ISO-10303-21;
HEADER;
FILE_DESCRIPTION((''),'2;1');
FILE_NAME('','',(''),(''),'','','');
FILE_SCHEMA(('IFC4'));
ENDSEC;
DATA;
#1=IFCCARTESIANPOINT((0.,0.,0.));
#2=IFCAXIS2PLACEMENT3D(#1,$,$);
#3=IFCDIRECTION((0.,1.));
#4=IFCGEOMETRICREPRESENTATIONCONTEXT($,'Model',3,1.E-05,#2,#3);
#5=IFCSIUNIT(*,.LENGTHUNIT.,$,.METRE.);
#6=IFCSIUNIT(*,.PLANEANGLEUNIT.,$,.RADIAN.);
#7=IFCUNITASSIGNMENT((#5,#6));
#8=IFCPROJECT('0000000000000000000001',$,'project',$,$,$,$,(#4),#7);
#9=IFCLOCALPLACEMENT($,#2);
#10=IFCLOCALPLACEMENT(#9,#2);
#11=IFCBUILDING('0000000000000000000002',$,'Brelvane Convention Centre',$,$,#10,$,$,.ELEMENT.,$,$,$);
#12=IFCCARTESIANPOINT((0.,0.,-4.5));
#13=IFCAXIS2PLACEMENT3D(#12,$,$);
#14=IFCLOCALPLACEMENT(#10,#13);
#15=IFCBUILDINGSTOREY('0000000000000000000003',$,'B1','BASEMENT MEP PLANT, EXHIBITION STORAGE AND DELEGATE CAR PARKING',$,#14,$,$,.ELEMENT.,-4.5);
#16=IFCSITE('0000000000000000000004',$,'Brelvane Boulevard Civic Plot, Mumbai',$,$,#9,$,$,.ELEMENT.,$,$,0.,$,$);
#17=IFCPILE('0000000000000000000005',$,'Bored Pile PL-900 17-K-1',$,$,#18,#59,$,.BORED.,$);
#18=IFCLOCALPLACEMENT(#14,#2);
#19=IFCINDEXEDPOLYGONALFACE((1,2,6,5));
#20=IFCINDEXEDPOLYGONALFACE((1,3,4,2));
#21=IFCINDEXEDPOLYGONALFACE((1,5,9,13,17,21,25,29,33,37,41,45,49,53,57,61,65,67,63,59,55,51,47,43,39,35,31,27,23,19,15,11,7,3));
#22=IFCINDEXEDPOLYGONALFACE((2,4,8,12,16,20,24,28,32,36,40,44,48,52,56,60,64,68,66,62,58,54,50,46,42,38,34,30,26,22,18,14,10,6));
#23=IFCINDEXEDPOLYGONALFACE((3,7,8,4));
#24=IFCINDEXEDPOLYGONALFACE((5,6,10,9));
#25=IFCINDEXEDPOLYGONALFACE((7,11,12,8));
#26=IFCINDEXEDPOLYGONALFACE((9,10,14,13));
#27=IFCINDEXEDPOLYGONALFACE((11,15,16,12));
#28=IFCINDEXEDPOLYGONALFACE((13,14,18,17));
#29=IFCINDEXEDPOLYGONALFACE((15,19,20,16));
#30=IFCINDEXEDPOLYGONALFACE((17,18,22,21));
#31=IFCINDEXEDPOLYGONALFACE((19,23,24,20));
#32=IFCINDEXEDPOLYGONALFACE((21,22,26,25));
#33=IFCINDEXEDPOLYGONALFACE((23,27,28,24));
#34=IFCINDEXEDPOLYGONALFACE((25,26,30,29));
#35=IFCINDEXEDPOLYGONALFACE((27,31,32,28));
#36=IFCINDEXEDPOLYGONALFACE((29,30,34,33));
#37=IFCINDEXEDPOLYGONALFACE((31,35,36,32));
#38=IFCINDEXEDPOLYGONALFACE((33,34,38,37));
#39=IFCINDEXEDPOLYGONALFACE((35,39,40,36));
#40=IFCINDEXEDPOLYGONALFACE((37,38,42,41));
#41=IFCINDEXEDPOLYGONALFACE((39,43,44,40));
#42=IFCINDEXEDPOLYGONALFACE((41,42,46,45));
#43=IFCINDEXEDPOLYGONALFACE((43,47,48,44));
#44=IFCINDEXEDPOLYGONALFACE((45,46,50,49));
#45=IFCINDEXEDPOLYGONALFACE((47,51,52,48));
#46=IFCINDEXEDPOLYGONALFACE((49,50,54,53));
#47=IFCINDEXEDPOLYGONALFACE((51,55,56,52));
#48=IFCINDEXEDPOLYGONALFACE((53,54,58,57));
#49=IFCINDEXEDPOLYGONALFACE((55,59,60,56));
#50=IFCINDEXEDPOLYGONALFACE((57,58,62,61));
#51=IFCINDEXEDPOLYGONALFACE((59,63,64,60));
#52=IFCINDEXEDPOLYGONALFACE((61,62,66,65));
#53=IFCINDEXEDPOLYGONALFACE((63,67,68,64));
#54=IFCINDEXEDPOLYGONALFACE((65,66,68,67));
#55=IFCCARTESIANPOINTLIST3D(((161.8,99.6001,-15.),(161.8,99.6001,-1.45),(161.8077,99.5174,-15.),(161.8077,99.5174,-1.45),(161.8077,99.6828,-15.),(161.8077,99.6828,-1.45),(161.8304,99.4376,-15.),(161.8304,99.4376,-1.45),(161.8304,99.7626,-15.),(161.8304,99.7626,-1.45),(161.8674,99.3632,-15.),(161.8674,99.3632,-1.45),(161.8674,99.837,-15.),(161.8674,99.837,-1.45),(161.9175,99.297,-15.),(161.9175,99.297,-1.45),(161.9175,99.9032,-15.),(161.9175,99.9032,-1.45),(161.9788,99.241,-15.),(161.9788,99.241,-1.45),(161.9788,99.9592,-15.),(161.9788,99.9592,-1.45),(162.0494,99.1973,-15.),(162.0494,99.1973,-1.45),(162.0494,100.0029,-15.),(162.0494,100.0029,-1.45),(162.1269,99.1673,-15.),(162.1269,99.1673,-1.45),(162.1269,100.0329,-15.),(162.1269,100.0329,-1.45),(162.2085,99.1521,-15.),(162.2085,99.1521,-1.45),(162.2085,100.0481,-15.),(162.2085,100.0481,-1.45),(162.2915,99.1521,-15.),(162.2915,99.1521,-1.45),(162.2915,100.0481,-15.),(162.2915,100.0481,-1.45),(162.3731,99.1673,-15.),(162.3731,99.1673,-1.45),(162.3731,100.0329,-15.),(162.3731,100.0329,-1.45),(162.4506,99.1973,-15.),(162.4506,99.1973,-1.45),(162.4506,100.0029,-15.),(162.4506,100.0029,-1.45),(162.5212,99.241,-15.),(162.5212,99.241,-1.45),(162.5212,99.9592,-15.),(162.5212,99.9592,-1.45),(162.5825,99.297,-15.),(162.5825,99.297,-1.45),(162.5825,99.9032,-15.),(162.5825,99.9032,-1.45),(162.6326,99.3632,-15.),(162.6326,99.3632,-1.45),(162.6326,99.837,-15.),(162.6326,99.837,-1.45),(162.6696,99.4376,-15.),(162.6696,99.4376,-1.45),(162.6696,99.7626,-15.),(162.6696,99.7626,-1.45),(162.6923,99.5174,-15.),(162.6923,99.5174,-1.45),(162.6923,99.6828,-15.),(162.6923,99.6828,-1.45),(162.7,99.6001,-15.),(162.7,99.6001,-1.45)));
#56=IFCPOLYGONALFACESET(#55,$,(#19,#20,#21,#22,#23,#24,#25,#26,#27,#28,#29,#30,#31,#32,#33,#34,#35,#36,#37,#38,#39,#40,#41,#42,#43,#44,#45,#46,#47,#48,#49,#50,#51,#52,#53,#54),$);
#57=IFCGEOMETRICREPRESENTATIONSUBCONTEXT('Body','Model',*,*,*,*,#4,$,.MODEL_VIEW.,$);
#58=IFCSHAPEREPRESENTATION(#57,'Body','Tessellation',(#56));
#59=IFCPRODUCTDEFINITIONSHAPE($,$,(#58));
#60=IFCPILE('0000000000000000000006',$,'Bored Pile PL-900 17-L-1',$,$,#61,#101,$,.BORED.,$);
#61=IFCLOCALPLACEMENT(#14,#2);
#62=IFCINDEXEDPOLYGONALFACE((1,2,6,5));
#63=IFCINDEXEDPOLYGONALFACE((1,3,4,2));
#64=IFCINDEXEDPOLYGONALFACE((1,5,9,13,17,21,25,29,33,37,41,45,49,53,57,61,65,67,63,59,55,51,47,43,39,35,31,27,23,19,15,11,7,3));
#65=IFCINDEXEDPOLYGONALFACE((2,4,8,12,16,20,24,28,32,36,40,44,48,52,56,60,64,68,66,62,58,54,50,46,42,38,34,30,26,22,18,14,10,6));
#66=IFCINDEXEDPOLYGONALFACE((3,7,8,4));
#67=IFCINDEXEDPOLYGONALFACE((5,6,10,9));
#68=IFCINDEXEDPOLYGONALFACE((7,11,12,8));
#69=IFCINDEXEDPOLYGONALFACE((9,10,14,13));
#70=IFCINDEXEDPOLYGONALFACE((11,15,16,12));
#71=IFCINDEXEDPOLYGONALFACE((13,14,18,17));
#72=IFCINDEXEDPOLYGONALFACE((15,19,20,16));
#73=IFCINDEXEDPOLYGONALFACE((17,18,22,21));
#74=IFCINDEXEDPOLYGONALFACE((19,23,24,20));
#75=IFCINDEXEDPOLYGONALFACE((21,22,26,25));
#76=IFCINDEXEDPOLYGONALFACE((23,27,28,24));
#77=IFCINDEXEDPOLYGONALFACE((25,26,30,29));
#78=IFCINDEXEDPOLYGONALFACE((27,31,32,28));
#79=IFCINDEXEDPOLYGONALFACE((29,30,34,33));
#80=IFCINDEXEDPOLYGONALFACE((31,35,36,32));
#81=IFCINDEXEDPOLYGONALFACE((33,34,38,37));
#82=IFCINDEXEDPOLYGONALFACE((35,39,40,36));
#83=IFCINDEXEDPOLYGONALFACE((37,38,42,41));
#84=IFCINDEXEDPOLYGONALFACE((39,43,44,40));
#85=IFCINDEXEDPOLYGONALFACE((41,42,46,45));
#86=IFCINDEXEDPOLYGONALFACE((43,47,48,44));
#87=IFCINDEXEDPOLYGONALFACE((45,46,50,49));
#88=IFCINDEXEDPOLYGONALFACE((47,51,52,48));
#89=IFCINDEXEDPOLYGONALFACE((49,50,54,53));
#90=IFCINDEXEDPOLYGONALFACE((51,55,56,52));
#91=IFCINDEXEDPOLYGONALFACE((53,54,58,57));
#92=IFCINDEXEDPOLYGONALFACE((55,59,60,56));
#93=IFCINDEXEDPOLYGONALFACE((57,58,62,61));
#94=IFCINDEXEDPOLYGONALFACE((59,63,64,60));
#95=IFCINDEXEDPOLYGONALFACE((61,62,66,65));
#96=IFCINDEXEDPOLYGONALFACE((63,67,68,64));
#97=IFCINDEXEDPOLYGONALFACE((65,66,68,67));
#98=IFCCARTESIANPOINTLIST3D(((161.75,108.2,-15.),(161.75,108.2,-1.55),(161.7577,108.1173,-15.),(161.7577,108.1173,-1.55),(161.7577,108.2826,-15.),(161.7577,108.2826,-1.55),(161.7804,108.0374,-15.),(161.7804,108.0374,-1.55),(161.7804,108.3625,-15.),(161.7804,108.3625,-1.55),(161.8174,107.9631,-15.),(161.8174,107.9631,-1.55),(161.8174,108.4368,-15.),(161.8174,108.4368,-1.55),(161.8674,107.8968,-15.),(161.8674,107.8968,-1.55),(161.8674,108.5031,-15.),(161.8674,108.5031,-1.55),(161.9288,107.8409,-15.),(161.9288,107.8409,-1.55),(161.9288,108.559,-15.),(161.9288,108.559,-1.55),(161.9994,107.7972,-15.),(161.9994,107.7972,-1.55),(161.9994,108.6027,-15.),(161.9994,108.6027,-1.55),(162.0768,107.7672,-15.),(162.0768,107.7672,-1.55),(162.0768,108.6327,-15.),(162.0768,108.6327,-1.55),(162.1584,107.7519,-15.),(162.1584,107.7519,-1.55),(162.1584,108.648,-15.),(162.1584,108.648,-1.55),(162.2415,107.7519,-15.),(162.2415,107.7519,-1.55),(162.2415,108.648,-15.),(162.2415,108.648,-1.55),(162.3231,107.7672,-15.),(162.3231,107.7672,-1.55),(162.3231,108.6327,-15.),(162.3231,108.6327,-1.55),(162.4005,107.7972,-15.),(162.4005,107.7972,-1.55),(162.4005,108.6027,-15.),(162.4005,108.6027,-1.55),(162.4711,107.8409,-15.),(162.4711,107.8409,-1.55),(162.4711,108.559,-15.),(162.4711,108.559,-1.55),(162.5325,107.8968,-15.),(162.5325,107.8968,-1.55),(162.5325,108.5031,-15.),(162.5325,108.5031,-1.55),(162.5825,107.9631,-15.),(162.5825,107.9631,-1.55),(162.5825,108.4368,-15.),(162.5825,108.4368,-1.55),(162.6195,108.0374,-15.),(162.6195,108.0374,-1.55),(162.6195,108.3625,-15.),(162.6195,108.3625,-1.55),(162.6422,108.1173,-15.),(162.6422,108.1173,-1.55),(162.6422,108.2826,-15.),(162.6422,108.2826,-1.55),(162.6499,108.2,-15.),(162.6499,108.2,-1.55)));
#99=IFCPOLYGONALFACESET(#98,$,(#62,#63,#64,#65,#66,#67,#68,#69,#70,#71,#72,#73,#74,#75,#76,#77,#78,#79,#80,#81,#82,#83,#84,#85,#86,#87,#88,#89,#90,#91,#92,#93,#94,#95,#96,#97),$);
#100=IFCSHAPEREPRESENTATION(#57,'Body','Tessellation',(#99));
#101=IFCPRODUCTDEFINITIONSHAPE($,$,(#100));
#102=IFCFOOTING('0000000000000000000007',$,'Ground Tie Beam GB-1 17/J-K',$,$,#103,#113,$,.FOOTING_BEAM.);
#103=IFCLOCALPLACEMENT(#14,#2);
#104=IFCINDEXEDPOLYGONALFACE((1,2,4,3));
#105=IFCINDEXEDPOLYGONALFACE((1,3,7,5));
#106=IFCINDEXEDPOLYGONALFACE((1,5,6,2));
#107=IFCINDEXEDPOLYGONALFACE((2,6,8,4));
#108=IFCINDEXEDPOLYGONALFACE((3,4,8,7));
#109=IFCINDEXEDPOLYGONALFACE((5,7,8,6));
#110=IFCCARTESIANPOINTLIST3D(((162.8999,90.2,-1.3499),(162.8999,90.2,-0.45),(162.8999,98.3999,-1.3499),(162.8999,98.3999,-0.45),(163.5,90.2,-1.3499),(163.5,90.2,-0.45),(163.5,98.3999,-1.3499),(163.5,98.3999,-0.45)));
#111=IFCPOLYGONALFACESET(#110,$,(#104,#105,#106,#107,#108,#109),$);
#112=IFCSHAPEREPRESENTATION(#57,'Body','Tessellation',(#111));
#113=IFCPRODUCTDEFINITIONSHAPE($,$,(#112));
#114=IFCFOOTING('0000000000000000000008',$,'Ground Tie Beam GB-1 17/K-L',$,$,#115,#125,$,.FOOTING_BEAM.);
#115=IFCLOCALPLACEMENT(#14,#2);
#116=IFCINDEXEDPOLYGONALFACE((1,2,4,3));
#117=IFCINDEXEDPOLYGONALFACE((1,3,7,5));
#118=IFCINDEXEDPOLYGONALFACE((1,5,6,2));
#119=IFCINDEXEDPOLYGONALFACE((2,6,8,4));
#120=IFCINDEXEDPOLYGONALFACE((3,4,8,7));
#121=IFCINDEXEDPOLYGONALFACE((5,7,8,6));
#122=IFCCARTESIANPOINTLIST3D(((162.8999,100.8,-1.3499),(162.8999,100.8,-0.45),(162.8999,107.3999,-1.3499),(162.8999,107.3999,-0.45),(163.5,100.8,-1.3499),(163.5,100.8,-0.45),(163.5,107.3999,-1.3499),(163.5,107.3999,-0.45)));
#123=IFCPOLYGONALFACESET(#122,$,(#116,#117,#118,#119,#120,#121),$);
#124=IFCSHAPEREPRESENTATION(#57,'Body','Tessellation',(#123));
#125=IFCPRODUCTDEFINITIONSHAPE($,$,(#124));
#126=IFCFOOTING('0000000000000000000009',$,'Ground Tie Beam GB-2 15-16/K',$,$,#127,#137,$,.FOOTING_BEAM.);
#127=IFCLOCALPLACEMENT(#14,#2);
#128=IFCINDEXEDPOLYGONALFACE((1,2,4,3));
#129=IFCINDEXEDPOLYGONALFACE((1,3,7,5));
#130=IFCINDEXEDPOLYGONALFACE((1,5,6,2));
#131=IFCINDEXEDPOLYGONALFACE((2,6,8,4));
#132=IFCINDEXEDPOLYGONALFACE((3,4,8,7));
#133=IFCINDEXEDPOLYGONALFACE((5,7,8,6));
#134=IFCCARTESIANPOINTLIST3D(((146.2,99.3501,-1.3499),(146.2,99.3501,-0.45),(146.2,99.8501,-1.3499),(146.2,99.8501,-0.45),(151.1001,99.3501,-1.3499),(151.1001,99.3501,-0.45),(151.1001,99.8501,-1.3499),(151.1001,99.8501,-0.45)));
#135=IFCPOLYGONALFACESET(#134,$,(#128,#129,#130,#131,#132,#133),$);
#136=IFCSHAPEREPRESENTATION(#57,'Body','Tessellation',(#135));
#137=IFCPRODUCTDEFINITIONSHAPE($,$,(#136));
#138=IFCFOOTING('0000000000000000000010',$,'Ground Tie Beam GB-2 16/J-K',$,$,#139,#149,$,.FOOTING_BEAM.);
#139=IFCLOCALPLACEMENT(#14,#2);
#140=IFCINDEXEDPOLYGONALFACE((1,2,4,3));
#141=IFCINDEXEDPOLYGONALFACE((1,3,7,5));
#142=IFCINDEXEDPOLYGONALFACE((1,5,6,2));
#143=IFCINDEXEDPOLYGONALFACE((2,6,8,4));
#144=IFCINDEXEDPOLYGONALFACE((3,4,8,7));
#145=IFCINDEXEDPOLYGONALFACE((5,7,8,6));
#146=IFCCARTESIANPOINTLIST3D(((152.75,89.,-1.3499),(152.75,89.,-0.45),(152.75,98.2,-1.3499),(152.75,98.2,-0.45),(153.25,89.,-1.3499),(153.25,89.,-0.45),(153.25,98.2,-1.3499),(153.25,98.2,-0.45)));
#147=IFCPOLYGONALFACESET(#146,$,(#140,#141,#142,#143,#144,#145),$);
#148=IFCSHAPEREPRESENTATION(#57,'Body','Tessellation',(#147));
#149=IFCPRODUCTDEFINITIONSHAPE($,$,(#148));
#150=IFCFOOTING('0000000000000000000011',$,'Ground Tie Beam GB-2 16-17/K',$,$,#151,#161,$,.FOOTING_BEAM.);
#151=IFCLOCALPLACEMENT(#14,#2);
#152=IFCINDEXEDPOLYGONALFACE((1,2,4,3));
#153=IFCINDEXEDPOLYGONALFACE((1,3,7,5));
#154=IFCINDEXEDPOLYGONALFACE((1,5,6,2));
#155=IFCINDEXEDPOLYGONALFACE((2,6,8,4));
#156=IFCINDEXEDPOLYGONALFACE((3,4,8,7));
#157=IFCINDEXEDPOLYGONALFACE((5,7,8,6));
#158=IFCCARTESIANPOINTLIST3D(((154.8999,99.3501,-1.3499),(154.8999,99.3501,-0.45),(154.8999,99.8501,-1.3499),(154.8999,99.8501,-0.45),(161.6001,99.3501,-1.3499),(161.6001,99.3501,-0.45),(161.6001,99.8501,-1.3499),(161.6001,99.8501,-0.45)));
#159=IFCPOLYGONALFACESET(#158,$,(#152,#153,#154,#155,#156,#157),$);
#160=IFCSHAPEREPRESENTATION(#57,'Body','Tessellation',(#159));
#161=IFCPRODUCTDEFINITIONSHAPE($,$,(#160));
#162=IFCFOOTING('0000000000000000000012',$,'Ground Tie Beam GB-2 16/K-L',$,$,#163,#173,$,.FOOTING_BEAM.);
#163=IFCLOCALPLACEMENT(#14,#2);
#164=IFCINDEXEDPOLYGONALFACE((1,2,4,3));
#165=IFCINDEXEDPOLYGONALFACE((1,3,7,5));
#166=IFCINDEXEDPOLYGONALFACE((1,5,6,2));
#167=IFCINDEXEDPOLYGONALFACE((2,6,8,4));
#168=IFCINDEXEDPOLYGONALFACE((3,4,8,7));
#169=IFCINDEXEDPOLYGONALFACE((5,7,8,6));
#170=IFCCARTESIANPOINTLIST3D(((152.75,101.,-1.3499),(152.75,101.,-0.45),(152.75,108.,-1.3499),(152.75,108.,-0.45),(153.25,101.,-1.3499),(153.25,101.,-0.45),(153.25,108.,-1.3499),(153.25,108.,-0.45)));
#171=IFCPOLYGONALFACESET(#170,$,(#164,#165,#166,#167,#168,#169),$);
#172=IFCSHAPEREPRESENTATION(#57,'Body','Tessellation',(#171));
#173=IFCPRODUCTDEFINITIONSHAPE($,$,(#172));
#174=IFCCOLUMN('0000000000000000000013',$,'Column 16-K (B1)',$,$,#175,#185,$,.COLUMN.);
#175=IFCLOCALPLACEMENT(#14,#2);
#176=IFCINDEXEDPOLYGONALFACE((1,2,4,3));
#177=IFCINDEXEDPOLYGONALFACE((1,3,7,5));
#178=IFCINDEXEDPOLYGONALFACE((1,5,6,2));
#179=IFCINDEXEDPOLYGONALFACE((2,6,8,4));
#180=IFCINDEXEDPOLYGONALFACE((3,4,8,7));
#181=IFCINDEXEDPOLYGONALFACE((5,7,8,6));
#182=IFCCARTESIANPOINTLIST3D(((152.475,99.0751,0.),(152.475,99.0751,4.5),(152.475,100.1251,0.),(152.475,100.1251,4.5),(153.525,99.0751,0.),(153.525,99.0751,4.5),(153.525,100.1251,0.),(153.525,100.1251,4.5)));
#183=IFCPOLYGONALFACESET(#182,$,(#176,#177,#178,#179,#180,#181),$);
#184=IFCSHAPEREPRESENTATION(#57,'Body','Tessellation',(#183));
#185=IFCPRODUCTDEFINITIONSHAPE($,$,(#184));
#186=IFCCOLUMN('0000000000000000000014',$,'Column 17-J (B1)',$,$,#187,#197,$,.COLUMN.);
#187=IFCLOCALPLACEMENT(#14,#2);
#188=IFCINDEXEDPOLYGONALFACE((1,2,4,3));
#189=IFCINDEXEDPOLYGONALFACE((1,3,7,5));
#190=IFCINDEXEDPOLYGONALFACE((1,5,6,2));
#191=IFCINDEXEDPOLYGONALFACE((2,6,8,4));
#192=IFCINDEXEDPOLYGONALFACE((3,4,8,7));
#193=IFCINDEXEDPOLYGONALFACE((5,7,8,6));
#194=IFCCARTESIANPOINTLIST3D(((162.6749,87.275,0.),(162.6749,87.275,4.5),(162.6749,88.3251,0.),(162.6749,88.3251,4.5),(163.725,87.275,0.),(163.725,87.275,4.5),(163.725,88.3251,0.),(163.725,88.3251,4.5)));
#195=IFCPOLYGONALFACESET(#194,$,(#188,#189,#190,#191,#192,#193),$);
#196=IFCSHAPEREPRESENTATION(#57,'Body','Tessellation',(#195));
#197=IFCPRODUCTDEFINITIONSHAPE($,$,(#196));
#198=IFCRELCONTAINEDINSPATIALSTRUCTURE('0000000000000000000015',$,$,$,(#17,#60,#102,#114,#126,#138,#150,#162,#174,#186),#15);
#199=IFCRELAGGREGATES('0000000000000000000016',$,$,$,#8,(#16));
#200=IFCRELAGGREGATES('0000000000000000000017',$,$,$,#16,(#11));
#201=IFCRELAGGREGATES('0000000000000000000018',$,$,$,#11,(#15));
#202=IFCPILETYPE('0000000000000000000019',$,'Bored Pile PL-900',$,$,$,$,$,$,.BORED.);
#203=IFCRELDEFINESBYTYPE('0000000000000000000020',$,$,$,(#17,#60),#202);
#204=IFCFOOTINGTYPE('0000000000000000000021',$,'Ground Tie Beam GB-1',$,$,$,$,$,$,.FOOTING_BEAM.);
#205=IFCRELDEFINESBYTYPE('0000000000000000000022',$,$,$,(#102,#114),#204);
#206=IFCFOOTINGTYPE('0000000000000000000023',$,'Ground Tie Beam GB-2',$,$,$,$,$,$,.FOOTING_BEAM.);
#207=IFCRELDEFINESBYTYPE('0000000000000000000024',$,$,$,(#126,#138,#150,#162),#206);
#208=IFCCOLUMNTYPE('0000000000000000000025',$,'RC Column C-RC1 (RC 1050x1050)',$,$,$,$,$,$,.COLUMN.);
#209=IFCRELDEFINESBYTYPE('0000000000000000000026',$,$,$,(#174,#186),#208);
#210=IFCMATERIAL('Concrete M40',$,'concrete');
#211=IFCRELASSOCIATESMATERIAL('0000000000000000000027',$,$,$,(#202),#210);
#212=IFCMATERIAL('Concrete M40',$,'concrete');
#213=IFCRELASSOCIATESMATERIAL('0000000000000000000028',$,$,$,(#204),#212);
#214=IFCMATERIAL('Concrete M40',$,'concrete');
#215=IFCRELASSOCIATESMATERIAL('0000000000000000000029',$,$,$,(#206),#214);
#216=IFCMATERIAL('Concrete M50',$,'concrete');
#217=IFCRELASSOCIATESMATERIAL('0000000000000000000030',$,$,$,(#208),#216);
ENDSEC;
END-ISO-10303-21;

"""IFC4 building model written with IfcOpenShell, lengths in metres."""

from ifc_helpers import new_model, si_unit, direction, frame, origin, origin_2d, place, context, subcontext, project, spatial, rectangle, circle, extrude, material, material_profile, profile_set, type_object, element, save


model = new_model("IFC4")

# Units and contexts
model_context = context("Model", 3, precision=1e-05, world=origin(), true_north=direction((0.0, 1.0)))
body_context = subcontext(model_context, "Body", "Model", "MODEL_VIEW")
ifc_project = project(units=[si_unit("LENGTHUNIT", "METRE"), si_unit("PLANEANGLEUNIT", "RADIAN")], contexts=[model_context])

# Site, building, storey
site_placement = place(None, origin())
site = spatial("IfcSite", under=ifc_project, at=site_placement, Name="Brelvane Boulevard Civic Plot, Mumbai", CompositionType="ELEMENT", RefElevation=0.0)
building_placement = place(site_placement, origin())
building = spatial("IfcBuilding", under=site, at=building_placement, Name="Brelvane Convention Centre", CompositionType="ELEMENT")
storey_placement = place(building_placement, frame((0.0, 0.0, -4.5)))
storey = spatial("IfcBuildingStorey", under=building, at=storey_placement, Name="B1", Description="BASEMENT MEP PLANT, EXHIBITION STORAGE AND DELEGATE CAR PARKING", CompositionType="ELEMENT", Elevation=-4.5)

# Piles
ifc_material_1 = material(Name="Concrete M40", Category="concrete")
ifc_material_profile_1 = material_profile(ifc_material_1, circle(Radius=0.45, at=origin_2d()), Name="PILE D900")
ifc_profile_set_1 = profile_set([ifc_material_profile_1], Name="Concrete M40")
pile_type_1 = type_object("IfcPileType", Name="Bored Pile PL-900", PredefinedType="BORED", material=ifc_profile_set_1)
pile_1_placement = place(storey_placement, frame((162.25, 99.6001, -1.45), z_axis=(0.0, 0.0, -1.0), x_axis=(1.0, 0.0, 0.0)))
element("IfcPile", 1, at=pile_1_placement, inside=storey, type_object=pile_type_1, Name="Bored Pile PL-900 17-K-1", PredefinedType="BORED", context=body_context, shape_type="SweptSolid", body=[
    extrude(circle(Radius=0.45, at=origin_2d()), origin(), (0.0, 0.0, 1.0), 13.55),
])
pile_2_placement = place(storey_placement, frame((162.2, 108.2, -1.55), z_axis=(0.0, 0.0, -1.0), x_axis=(1.0, 0.0, 0.0)))
element("IfcPile", 2, at=pile_2_placement, inside=storey, type_object=pile_type_1, Name="Bored Pile PL-900 17-L-1", PredefinedType="BORED", context=body_context, shape_type="SweptSolid", body=[
    extrude(circle(Radius=0.45, at=origin_2d()), origin(), (0.0, 0.0, 1.0), 13.45),
])

# Footings
ifc_material_2 = material(Name="Concrete M40", Category="concrete")
ifc_material_profile_2 = material_profile(ifc_material_2, rectangle(XDim=0.6001, YDim=0.8999, at=origin_2d()), Name="RC 600x900")
ifc_profile_set_2 = profile_set([ifc_material_profile_2], Name="Concrete M40")
footing_type_1 = type_object("IfcFootingType", Name="Ground Tie Beam GB-1", PredefinedType="FOOTING_BEAM", material=ifc_profile_set_2)
footing_1_placement = place(storey_placement, frame((163.2, 90.2, -0.8999), z_axis=(0.0, 1.0, 0.0), x_axis=(-1.0, 0.0, 0.0)))
element("IfcFooting", 3, at=footing_1_placement, inside=storey, type_object=footing_type_1, Name="Ground Tie Beam GB-1 17/J-K", PredefinedType="FOOTING_BEAM", context=body_context, shape_type="SweptSolid", body=[
    extrude(rectangle(XDim=0.6001, YDim=0.8999, at=origin_2d()), origin(), (0.0, 0.0, 1.0), 8.2),
])
footing_2_placement = place(storey_placement, frame((163.2, 100.8, -0.8999), z_axis=(0.0, 1.0, 0.0), x_axis=(-1.0, 0.0, 0.0)))
element("IfcFooting", 4, at=footing_2_placement, inside=storey, type_object=footing_type_1, Name="Ground Tie Beam GB-1 17/K-L", PredefinedType="FOOTING_BEAM", context=body_context, shape_type="SweptSolid", body=[
    extrude(rectangle(XDim=0.6001, YDim=0.8999, at=origin_2d()), origin(), (0.0, 0.0, 1.0), 6.5999),
])
ifc_material_3 = material(Name="Concrete M40", Category="concrete")
ifc_material_profile_3 = material_profile(ifc_material_3, rectangle(XDim=0.5, YDim=0.8999, at=origin_2d()), Name="RC 500x900")
ifc_profile_set_3 = profile_set([ifc_material_profile_3], Name="Concrete M40")
footing_type_2 = type_object("IfcFootingType", Name="Ground Tie Beam GB-2", PredefinedType="FOOTING_BEAM", material=ifc_profile_set_3)
footing_3_placement = place(storey_placement, frame((146.2, 99.6001, -0.8999), z_axis=(1.0, 0.0, 0.0), x_axis=(0.0, 1.0, 0.0)))
element("IfcFooting", 5, at=footing_3_placement, inside=storey, type_object=footing_type_2, Name="Ground Tie Beam GB-2 15-16/K", PredefinedType="FOOTING_BEAM", context=body_context, shape_type="SweptSolid", body=[
    extrude(rectangle(XDim=0.5, YDim=0.8999, at=origin_2d()), origin(), (0.0, 0.0, 1.0), 4.9001),
])
footing_4_placement = place(storey_placement, frame((153.0, 89.0, -0.8999), z_axis=(0.0, 1.0, 0.0), x_axis=(-1.0, 0.0, 0.0)))
element("IfcFooting", 6, at=footing_4_placement, inside=storey, type_object=footing_type_2, Name="Ground Tie Beam GB-2 16/J-K", PredefinedType="FOOTING_BEAM", context=body_context, shape_type="SweptSolid", body=[
    extrude(rectangle(XDim=0.5, YDim=0.8999, at=origin_2d()), origin(), (0.0, 0.0, 1.0), 9.2),
])
footing_5_placement = place(storey_placement, frame((154.8999, 99.6001, -0.8999), z_axis=(1.0, 0.0, 0.0), x_axis=(0.0, 1.0, 0.0)))
element("IfcFooting", 7, at=footing_5_placement, inside=storey, type_object=footing_type_2, Name="Ground Tie Beam GB-2 16-17/K", PredefinedType="FOOTING_BEAM", context=body_context, shape_type="SweptSolid", body=[
    extrude(rectangle(XDim=0.5, YDim=0.8999, at=origin_2d()), origin(), (0.0, 0.0, 1.0), 6.7002),
])
footing_6_placement = place(storey_placement, frame((153.0, 101.0, -0.8999), z_axis=(0.0, 1.0, 0.0), x_axis=(-1.0, 0.0, 0.0)))
element("IfcFooting", 8, at=footing_6_placement, inside=storey, type_object=footing_type_2, Name="Ground Tie Beam GB-2 16/K-L", PredefinedType="FOOTING_BEAM", context=body_context, shape_type="SweptSolid", body=[
    extrude(rectangle(XDim=0.5, YDim=0.8999, at=origin_2d()), origin(), (0.0, 0.0, 1.0), 7.0),
])

# Columns
ifc_material_4 = material(Name="Concrete M50", Category="concrete")
ifc_material_profile_4 = material_profile(ifc_material_4, rectangle(XDim=1.05, YDim=1.05, at=origin_2d()), Name="RC 1050x1050")
ifc_profile_set_4 = profile_set([ifc_material_profile_4], Name="Concrete M50")
column_type_1 = type_object("IfcColumnType", Name="RC Column C-RC1 (RC 1050x1050)", PredefinedType="COLUMN", material=ifc_profile_set_4)
for number, where, z_axis, x_axis, name in (
    (9, (153.0, 99.6001, 0.0), (0.0, 0.0, 1.0), (1.0, 0.0, 0.0), "Column 16-K (B1)"),
    (10, (163.2, 87.8, 0.0), (0.0, 0.0, 1.0), (1.0, 0.0, 0.0), "Column 17-J (B1)"),
):
    element("IfcColumn", number, at=place(storey_placement, frame(where, z_axis=z_axis, x_axis=x_axis)), inside=storey, type_object=column_type_1, Name=name, PredefinedType="COLUMN", context=body_context, shape_type="SweptSolid", body=[
        extrude(rectangle(XDim=1.05, YDim=1.05, at=origin_2d()), origin(), (0.0, 0.0, 1.0), 4.5),
    ])

save(model, "model.ifc")
